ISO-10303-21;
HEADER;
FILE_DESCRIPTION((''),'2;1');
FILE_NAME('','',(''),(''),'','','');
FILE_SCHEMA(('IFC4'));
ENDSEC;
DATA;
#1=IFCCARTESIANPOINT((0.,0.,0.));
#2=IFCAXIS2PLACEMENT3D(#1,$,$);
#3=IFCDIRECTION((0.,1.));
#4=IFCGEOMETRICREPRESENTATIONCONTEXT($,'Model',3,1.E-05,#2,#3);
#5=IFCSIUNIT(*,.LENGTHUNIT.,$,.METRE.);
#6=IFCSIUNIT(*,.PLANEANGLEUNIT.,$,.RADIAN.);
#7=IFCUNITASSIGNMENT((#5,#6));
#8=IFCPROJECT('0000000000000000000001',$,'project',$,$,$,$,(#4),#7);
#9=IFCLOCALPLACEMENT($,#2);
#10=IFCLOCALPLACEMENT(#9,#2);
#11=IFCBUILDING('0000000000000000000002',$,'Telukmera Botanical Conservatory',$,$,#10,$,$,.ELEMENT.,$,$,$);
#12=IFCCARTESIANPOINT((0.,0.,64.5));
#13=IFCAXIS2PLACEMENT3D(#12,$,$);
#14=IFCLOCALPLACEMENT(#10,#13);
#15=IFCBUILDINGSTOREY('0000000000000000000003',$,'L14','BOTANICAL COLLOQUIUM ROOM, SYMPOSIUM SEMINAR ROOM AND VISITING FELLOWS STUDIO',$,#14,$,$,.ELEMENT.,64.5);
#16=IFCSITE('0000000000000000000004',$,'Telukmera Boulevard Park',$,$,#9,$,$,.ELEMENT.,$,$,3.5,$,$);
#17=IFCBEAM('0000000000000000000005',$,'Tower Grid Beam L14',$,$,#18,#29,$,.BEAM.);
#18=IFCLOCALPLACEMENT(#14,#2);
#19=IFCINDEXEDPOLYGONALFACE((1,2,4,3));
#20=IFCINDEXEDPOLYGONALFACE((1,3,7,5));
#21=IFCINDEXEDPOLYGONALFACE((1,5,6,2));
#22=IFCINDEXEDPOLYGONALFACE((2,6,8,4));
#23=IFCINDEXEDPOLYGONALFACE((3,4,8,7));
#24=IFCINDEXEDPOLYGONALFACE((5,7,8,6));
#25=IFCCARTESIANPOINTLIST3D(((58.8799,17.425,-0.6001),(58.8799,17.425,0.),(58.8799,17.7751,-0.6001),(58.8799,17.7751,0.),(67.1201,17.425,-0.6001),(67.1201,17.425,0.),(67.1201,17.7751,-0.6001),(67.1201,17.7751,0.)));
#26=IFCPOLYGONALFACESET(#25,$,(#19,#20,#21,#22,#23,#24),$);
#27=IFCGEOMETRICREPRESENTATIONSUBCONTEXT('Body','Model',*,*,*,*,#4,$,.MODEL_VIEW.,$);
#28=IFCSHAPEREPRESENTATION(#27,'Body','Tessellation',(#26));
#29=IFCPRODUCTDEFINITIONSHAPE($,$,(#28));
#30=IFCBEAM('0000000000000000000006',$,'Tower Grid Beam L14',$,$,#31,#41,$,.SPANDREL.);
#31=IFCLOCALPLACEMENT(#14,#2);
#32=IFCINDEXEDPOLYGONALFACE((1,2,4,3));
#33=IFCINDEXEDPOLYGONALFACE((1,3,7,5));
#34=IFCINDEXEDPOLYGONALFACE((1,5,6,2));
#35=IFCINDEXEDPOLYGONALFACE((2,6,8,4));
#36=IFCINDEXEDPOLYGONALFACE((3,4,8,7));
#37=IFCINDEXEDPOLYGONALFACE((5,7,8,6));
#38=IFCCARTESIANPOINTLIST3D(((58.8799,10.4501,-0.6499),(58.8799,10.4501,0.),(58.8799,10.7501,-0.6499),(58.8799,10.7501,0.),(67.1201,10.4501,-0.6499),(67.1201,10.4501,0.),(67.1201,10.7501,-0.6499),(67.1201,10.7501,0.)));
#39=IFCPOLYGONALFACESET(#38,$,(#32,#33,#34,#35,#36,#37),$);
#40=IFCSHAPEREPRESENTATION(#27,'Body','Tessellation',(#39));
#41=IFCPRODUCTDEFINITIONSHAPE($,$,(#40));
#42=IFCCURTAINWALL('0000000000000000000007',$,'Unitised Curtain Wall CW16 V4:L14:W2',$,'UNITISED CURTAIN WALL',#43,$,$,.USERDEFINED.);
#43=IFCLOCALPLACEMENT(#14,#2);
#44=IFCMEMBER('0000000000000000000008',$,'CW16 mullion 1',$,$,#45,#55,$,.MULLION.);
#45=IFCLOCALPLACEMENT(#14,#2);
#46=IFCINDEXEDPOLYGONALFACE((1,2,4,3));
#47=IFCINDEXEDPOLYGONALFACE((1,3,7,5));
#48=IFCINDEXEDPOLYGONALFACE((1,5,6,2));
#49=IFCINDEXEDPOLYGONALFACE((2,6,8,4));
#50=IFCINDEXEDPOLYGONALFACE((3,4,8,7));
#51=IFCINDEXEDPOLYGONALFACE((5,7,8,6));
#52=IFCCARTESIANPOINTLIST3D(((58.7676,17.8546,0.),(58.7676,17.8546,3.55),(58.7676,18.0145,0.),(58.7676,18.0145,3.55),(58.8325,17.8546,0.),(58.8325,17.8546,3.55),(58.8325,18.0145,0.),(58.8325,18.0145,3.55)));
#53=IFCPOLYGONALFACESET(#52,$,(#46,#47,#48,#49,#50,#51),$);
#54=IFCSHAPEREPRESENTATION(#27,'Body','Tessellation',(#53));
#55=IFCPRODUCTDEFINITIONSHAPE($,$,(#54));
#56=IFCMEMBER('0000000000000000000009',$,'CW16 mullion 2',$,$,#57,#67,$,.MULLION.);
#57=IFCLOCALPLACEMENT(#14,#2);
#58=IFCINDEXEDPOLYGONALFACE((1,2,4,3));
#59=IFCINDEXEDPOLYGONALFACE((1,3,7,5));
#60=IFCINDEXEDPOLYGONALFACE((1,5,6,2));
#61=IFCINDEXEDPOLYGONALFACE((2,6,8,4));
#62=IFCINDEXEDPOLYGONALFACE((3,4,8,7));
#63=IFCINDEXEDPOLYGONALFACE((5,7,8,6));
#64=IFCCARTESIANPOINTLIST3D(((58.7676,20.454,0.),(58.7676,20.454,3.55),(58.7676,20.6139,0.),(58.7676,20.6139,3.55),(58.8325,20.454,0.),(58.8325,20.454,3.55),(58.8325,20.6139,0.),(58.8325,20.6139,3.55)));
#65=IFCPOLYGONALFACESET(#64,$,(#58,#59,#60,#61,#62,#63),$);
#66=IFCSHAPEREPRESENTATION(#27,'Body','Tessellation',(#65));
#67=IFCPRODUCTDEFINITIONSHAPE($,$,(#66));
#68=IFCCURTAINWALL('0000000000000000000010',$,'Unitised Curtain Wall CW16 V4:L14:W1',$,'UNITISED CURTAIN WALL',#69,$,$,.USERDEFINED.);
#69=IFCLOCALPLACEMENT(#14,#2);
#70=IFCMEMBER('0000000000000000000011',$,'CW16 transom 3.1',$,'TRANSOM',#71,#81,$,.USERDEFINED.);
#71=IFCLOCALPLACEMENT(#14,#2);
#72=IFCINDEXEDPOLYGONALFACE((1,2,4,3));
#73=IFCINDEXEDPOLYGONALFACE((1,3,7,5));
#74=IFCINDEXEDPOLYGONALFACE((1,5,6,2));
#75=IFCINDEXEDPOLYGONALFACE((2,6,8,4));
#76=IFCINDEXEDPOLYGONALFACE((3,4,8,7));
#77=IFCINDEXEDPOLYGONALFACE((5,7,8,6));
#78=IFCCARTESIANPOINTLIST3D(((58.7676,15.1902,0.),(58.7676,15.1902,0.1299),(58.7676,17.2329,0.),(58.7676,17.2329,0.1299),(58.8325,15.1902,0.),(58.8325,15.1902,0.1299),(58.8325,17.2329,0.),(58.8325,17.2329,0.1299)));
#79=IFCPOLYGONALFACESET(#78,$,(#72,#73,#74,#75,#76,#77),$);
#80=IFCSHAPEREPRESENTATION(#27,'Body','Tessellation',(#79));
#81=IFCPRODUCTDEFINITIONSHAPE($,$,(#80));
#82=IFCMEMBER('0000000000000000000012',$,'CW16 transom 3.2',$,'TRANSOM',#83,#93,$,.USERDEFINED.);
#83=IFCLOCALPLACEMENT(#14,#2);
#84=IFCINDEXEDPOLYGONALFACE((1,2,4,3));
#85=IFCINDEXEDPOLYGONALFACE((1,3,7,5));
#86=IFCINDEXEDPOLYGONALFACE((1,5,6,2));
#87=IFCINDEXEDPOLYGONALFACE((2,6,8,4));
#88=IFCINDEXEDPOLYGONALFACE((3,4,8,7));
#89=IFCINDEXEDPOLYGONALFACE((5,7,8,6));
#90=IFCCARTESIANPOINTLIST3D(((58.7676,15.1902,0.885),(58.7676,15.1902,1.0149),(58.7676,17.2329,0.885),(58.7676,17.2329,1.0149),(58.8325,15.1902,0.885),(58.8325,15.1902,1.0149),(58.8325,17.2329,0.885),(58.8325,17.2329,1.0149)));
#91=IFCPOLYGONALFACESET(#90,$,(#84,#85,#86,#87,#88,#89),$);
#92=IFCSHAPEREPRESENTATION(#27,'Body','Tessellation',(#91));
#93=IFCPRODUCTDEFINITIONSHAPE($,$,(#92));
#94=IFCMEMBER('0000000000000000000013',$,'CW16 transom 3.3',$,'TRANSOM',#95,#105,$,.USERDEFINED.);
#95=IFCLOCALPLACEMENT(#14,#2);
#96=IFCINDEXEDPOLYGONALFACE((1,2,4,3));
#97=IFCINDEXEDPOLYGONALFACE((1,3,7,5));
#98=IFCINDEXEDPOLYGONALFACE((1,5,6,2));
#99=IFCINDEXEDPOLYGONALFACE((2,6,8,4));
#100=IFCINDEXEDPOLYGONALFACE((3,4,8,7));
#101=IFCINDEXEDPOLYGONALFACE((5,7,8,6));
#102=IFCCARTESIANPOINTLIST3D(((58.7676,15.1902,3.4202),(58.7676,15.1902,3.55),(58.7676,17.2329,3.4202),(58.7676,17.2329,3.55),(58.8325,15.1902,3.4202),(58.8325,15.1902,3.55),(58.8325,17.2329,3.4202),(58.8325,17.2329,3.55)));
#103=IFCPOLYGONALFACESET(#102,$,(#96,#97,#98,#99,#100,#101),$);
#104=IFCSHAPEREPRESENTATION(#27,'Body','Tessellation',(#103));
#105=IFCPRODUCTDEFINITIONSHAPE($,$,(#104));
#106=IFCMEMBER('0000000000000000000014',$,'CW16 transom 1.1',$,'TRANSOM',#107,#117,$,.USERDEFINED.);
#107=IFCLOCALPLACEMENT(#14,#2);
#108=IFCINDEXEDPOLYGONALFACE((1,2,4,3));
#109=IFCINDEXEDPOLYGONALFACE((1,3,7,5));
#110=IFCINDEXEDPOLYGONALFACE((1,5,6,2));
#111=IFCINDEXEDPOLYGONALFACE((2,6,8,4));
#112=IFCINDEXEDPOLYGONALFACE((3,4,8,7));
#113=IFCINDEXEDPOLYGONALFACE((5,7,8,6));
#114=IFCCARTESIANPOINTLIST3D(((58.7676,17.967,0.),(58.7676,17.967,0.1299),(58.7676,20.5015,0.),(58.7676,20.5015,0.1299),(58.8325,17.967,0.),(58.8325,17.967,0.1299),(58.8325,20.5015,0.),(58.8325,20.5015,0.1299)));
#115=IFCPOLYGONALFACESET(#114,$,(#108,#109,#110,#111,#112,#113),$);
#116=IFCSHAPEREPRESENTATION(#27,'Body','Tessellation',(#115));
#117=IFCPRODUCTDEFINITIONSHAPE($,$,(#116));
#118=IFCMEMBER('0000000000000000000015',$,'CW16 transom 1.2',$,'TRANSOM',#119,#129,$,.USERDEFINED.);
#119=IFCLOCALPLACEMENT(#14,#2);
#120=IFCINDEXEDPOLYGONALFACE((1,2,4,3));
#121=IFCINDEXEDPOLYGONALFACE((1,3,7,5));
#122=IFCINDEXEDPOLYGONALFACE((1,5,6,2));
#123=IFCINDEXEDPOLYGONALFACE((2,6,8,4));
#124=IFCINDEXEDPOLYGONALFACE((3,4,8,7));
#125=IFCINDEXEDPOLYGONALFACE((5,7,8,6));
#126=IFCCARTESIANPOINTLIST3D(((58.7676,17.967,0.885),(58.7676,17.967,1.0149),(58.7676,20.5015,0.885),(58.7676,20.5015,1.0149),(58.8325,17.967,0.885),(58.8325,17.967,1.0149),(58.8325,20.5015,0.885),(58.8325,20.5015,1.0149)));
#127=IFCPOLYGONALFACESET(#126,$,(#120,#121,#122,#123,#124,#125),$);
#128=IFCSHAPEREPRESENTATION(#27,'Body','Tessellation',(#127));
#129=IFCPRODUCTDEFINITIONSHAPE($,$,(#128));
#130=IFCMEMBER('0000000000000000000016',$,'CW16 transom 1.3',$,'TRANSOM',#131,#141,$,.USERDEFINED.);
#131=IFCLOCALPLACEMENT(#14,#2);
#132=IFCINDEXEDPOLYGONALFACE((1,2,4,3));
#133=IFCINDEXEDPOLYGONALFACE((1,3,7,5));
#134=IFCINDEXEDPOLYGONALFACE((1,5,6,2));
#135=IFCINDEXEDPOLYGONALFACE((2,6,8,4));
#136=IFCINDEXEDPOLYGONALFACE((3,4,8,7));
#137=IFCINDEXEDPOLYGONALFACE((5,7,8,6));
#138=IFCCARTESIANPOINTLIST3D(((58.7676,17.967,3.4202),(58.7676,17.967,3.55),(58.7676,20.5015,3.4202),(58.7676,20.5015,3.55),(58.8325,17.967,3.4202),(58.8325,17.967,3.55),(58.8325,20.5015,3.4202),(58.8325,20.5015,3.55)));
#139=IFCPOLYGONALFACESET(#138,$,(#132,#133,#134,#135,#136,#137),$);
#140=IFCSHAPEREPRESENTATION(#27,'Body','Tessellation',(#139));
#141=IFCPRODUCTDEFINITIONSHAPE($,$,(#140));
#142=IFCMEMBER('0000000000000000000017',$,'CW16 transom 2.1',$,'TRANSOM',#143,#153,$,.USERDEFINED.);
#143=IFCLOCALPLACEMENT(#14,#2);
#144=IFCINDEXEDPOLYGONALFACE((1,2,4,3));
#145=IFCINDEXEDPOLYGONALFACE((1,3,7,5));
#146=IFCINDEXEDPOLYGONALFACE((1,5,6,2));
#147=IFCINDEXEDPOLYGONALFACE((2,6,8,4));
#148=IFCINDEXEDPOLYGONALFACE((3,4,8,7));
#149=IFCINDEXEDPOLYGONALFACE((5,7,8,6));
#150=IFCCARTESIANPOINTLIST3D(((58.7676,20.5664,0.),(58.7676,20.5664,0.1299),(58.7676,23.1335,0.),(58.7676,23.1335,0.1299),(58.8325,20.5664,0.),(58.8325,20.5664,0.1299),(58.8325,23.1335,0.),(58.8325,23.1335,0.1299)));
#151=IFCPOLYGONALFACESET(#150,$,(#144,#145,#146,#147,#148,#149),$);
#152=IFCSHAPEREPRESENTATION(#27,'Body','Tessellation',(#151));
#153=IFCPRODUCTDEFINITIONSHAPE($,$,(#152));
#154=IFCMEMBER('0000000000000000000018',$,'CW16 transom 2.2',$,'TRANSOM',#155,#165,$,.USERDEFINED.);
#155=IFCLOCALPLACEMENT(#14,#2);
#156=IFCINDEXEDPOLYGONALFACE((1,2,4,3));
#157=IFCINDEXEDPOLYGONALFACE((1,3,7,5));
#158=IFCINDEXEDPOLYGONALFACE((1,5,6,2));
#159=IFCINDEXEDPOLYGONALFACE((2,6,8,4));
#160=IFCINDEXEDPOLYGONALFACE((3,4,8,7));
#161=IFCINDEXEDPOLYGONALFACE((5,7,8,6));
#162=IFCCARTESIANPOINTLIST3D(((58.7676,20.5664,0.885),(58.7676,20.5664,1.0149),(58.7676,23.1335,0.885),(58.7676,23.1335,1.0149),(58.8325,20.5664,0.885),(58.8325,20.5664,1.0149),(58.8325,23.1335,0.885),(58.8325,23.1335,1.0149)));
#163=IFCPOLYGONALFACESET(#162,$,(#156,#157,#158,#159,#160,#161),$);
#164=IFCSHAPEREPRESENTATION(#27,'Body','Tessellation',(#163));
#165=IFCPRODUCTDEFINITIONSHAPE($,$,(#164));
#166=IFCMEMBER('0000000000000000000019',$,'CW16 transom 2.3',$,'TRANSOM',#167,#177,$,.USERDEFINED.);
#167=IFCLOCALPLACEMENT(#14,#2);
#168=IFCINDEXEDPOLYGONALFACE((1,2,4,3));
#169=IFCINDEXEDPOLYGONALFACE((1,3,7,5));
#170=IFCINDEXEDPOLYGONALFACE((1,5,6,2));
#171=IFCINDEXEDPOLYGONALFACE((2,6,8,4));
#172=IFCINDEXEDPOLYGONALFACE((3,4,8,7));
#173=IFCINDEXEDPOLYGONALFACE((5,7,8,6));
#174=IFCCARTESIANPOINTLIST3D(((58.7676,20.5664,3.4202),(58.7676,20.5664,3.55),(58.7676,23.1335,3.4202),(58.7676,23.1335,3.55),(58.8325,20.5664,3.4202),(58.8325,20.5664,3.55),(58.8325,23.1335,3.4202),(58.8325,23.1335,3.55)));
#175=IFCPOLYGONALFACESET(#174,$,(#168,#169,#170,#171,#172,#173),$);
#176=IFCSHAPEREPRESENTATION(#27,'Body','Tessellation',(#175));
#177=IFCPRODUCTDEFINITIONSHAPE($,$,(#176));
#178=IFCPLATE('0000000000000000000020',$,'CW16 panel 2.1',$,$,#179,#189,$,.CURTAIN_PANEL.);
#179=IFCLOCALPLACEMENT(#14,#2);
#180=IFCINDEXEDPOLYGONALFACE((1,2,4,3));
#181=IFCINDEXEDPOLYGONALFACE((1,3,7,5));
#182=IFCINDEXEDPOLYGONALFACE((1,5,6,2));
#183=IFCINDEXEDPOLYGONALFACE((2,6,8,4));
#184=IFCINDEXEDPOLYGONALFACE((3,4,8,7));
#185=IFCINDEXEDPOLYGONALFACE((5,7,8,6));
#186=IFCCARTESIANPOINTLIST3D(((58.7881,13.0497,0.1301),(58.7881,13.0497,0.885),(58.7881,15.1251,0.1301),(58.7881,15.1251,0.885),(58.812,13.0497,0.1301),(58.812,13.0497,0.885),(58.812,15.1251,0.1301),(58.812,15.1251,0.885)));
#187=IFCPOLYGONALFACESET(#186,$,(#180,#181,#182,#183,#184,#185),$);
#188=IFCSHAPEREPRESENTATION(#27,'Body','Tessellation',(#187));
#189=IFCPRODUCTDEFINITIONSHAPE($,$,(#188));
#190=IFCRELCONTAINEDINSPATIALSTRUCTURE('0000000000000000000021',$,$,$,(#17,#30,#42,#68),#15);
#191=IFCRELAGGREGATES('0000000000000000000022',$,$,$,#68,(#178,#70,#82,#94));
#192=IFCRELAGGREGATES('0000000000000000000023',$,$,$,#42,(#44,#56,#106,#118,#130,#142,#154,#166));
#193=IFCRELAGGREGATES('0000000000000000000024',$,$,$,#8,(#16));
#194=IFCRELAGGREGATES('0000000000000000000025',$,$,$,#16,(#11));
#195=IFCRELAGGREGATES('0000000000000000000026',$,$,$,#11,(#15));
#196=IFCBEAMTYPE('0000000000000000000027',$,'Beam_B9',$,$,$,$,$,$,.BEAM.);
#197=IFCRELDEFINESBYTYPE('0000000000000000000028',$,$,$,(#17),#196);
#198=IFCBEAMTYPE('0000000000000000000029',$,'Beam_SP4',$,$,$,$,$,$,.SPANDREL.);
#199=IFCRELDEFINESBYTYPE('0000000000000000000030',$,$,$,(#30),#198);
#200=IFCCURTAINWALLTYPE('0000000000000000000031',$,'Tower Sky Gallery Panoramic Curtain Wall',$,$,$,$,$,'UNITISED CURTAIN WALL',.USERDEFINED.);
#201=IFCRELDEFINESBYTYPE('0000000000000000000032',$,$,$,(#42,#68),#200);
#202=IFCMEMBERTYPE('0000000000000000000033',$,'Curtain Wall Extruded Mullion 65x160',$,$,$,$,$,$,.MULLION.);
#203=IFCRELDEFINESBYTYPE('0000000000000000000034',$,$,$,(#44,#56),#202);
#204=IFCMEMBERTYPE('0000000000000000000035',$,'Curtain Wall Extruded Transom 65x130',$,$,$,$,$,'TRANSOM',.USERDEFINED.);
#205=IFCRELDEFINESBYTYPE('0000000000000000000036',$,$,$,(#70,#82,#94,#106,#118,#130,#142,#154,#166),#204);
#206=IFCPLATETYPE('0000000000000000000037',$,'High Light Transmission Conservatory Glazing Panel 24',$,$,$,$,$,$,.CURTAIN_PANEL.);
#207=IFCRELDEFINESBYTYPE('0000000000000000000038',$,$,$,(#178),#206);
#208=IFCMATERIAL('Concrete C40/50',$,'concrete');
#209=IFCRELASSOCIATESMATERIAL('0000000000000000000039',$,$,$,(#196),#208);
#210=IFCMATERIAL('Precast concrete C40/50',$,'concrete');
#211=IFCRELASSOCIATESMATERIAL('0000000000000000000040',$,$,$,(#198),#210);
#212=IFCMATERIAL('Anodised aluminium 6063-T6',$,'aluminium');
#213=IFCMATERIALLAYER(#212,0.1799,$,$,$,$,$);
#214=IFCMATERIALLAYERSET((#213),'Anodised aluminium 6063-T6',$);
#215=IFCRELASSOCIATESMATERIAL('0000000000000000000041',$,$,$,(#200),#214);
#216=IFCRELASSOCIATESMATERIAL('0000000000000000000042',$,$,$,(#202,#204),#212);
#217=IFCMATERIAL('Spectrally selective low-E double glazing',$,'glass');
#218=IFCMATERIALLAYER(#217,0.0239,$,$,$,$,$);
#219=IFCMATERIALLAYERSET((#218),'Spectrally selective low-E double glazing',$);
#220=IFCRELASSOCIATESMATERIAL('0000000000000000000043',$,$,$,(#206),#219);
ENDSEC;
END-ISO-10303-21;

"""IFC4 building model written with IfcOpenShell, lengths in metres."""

from ifc_helpers import new_model, si_unit, direction, frame, origin, origin_2d, place, context, subcontext, project, spatial, rectangle, extrude, material, layer, layer_set, material_profile, profile_set, type_object, element, aggregate, save


model = new_model("IFC4")

# Units and contexts
model_context = context("Model", 3, precision=1e-05, world=origin(), true_north=direction((0.0, 1.0)))
body_context = subcontext(model_context, "Body", "Model", "MODEL_VIEW")
ifc_project = project(units=[si_unit("LENGTHUNIT", "METRE"), si_unit("PLANEANGLEUNIT", "RADIAN")], contexts=[model_context])

# Site, building, storey
site_placement = place(None, origin())
site = spatial("IfcSite", under=ifc_project, at=site_placement, Name="Telukmera Boulevard Park", CompositionType="ELEMENT", RefElevation=3.5)
building_placement = place(site_placement, origin())
building = spatial("IfcBuilding", under=site, at=building_placement, Name="Telukmera Botanical Conservatory", CompositionType="ELEMENT")
storey_placement = place(building_placement, frame((0.0, 0.0, 64.5)))
storey = spatial("IfcBuildingStorey", under=building, at=storey_placement, Name="L14", Description="BOTANICAL COLLOQUIUM ROOM, SYMPOSIUM SEMINAR ROOM AND VISITING FELLOWS STUDIO", CompositionType="ELEMENT", Elevation=64.5)

# Beams
ifc_material_1 = material(Name="Concrete C40/50", Category="concrete")
ifc_material_profile_1 = material_profile(ifc_material_1, rectangle(XDim=0.3501, YDim=0.6001, at=origin_2d()), Name="RC 350x600")
ifc_profile_set_1 = profile_set([ifc_material_profile_1], Name="Concrete C40/50")
beam_type_1 = type_object("IfcBeamType", Name="Beam_B9", PredefinedType="BEAM", material=ifc_profile_set_1)
beam_1_placement = place(storey_placement, frame((58.8799, 17.6001, -0.3), z_axis=(1.0, 0.0, 0.0), x_axis=(0.0, 1.0, 0.0)))
element("IfcBeam", 1, at=beam_1_placement, inside=storey, type_object=beam_type_1, Name="Tower Grid Beam L14", PredefinedType="BEAM", context=body_context, shape_type="SweptSolid", body=[
    extrude(rectangle(XDim=0.3501, YDim=0.6001, at=origin_2d()), origin(), (0.0, 0.0, 1.0), 8.2402),
])
ifc_material_2 = material(Name="Precast concrete C40/50", Category="concrete")
ifc_material_profile_2 = material_profile(ifc_material_2, rectangle(XDim=0.3, YDim=0.6499, at=origin_2d()), Name="PC 300x650")
ifc_profile_set_2 = profile_set([ifc_material_profile_2], Name="Precast concrete C40/50")
beam_type_2 = type_object("IfcBeamType", Name="Beam_SP4", PredefinedType="SPANDREL", material=ifc_profile_set_2)
beam_2_placement = place(storey_placement, frame((58.8799, 10.6001, -0.325), z_axis=(1.0, 0.0, 0.0), x_axis=(0.0, 1.0, 0.0)))
element("IfcBeam", 2, at=beam_2_placement, inside=storey, type_object=beam_type_2, Name="Tower Grid Beam L14", PredefinedType="SPANDREL", context=body_context, shape_type="SweptSolid", body=[
    extrude(rectangle(XDim=0.3, YDim=0.6499, at=origin_2d()), origin(), (0.0, 0.0, 1.0), 8.2402),
])

# Curtain walls, members
ifc_material_3 = material(Name="Anodised aluminium 6063-T6", Category="aluminium")
ifc_layer_1 = layer(ifc_material_3, 0.1799)
ifc_layer_set_1 = layer_set([ifc_layer_1], Name="Anodised aluminium 6063-T6")
curtain_wall_type = type_object("IfcCurtainWallType", Name="Tower Sky Gallery Panoramic Curtain Wall", ElementType="UNITISED CURTAIN WALL", PredefinedType="USERDEFINED", material=ifc_layer_set_1)
curtain_wall_1_placement = place(storey_placement, origin())
curtain_wall_1 = element("IfcCurtainWall", 3, at=curtain_wall_1_placement, inside=storey, type_object=curtain_wall_type, Name="Unitised Curtain Wall CW16 V4:L14:W2", ObjectType="UNITISED CURTAIN WALL", PredefinedType="USERDEFINED")
ifc_material_profile_3 = material_profile(ifc_material_3, rectangle(XDim=0.0649, YDim=0.1599, at=origin_2d()), Name="ALU MULL 65x160")
ifc_profile_set_3 = profile_set([ifc_material_profile_3], Name="Anodised aluminium 6063-T6")
member_type_1 = type_object("IfcMemberType", Name="Curtain Wall Extruded Mullion 65x160", PredefinedType="MULLION", material=ifc_profile_set_3)
member_1_placement = place(storey_placement, frame((58.8, 17.9346, 0.0), z_axis=(0.0, 0.0, 1.0), x_axis=(-1.0, 0.0, 0.0)))
member_1 = element("IfcMember", 4, at=member_1_placement, type_object=member_type_1, Name="CW16 mullion 1", PredefinedType="MULLION", context=body_context, shape_type="SweptSolid", body=[
    extrude(rectangle(XDim=0.0649, YDim=0.1599, at=origin_2d()), origin(), (0.0, 0.0, 1.0), 3.55),
])
member_2_placement = place(storey_placement, frame((58.8, 20.5339, 0.0), z_axis=(0.0, 0.0, 1.0), x_axis=(-1.0, 0.0, 0.0)))
member_2 = element("IfcMember", 5, at=member_2_placement, type_object=member_type_1, Name="CW16 mullion 2", PredefinedType="MULLION", context=body_context, shape_type="SweptSolid", body=[
    extrude(rectangle(XDim=0.0649, YDim=0.1599, at=origin_2d()), origin(), (0.0, 0.0, 1.0), 3.55),
])
curtain_wall_2_placement = place(storey_placement, origin())
curtain_wall_2 = element("IfcCurtainWall", 6, at=curtain_wall_2_placement, inside=storey, type_object=curtain_wall_type, Name="Unitised Curtain Wall CW16 V4:L14:W1", ObjectType="UNITISED CURTAIN WALL", PredefinedType="USERDEFINED")
ifc_material_profile_4 = material_profile(ifc_material_3, rectangle(XDim=0.0649, YDim=0.1299, at=origin_2d()), Name="ALU TRAN 65x130")
ifc_profile_set_4 = profile_set([ifc_material_profile_4], Name="Anodised aluminium 6063-T6")
member_type_2 = type_object("IfcMemberType", Name="Curtain Wall Extruded Transom 65x130", ElementType="TRANSOM", PredefinedType="USERDEFINED", material=ifc_profile_set_4)
member_3_placement = place(storey_placement, frame((58.8, 15.1902, 0.0649), z_axis=(0.0, 1.0, 0.0), x_axis=(-1.0, 0.0, 0.0)))
member_3 = element("IfcMember", 7, at=member_3_placement, type_object=member_type_2, Name="CW16 transom 3.1", ObjectType="TRANSOM", PredefinedType="USERDEFINED", context=body_context, shape_type="SweptSolid", body=[
    extrude(rectangle(XDim=0.0649, YDim=0.1299, at=origin_2d()), origin(), (0.0, 0.0, 1.0), 2.0427),
])
member_4_placement = place(storey_placement, frame((58.8, 15.1902, 0.95), z_axis=(0.0, 1.0, 0.0), x_axis=(-1.0, 0.0, 0.0)))
member_4 = element("IfcMember", 8, at=member_4_placement, type_object=member_type_2, Name="CW16 transom 3.2", ObjectType="TRANSOM", PredefinedType="USERDEFINED", context=body_context, shape_type="SweptSolid", body=[
    extrude(rectangle(XDim=0.0649, YDim=0.1299, at=origin_2d()), origin(), (0.0, 0.0, 1.0), 2.0427),
])
member_5_placement = place(storey_placement, frame((58.8, 15.1902, 3.4851), z_axis=(0.0, 1.0, 0.0), x_axis=(-1.0, 0.0, 0.0)))
member_5 = element("IfcMember", 9, at=member_5_placement, type_object=member_type_2, Name="CW16 transom 3.3", ObjectType="TRANSOM", PredefinedType="USERDEFINED", context=body_context, shape_type="SweptSolid", body=[
    extrude(rectangle(XDim=0.0649, YDim=0.1299, at=origin_2d()), origin(), (0.0, 0.0, 1.0), 2.0427),
])

# Members
member_6_placement = place(storey_placement, frame((58.8, 17.967, 0.0649), z_axis=(0.0, 1.0, 0.0), x_axis=(-1.0, 0.0, 0.0)))
member_6 = element("IfcMember", 10, at=member_6_placement, type_object=member_type_2, Name="CW16 transom 1.1", ObjectType="TRANSOM", PredefinedType="USERDEFINED", context=body_context, shape_type="SweptSolid", body=[
    extrude(rectangle(XDim=0.0649, YDim=0.1299, at=origin_2d()), origin(), (0.0, 0.0, 1.0), 2.5344),
])
member_7_placement = place(storey_placement, frame((58.8, 17.967, 0.95), z_axis=(0.0, 1.0, 0.0), x_axis=(-1.0, 0.0, 0.0)))
member_7 = element("IfcMember", 11, at=member_7_placement, type_object=member_type_2, Name="CW16 transom 1.2", ObjectType="TRANSOM", PredefinedType="USERDEFINED", context=body_context, shape_type="SweptSolid", body=[
    extrude(rectangle(XDim=0.0649, YDim=0.1299, at=origin_2d()), origin(), (0.0, 0.0, 1.0), 2.5344),
])
member_8_placement = place(storey_placement, frame((58.8, 17.967, 3.4851), z_axis=(0.0, 1.0, 0.0), x_axis=(-1.0, 0.0, 0.0)))
member_8 = element("IfcMember", 12, at=member_8_placement, type_object=member_type_2, Name="CW16 transom 1.3", ObjectType="TRANSOM", PredefinedType="USERDEFINED", context=body_context, shape_type="SweptSolid", body=[
    extrude(rectangle(XDim=0.0649, YDim=0.1299, at=origin_2d()), origin(), (0.0, 0.0, 1.0), 2.5344),
])
member_9_placement = place(storey_placement, frame((58.8, 20.5664, 0.0649), z_axis=(0.0, 1.0, 0.0), x_axis=(-1.0, 0.0, 0.0)))
member_9 = element("IfcMember", 13, at=member_9_placement, type_object=member_type_2, Name="CW16 transom 2.1", ObjectType="TRANSOM", PredefinedType="USERDEFINED", context=body_context, shape_type="SweptSolid", body=[
    extrude(rectangle(XDim=0.0649, YDim=0.1299, at=origin_2d()), origin(), (0.0, 0.0, 1.0), 2.5671),
])
member_10_placement = place(storey_placement, frame((58.8, 20.5664, 0.95), z_axis=(0.0, 1.0, 0.0), x_axis=(-1.0, 0.0, 0.0)))
member_10 = element("IfcMember", 14, at=member_10_placement, type_object=member_type_2, Name="CW16 transom 2.2", ObjectType="TRANSOM", PredefinedType="USERDEFINED", context=body_context, shape_type="SweptSolid", body=[
    extrude(rectangle(XDim=0.0649, YDim=0.1299, at=origin_2d()), origin(), (0.0, 0.0, 1.0), 2.5671),
])
member_11_placement = place(storey_placement, frame((58.8, 20.5664, 3.4851), z_axis=(0.0, 1.0, 0.0), x_axis=(-1.0, 0.0, 0.0)))
member_11 = element("IfcMember", 15, at=member_11_placement, type_object=member_type_2, Name="CW16 transom 2.3", ObjectType="TRANSOM", PredefinedType="USERDEFINED", context=body_context, shape_type="SweptSolid", body=[
    extrude(rectangle(XDim=0.0649, YDim=0.1299, at=origin_2d()), origin(), (0.0, 0.0, 1.0), 2.5671),
])

# Plate
ifc_material_4 = material(Name="Spectrally selective low-E double glazing", Category="glass")
ifc_layer_2 = layer(ifc_material_4, 0.0239)
ifc_layer_set_2 = layer_set([ifc_layer_2], Name="Spectrally selective low-E double glazing")
plate_type = type_object("IfcPlateType", Name="High Light Transmission Conservatory Glazing Panel 24", PredefinedType="CURTAIN_PANEL", material=ifc_layer_set_2)
plate_1_placement = place(storey_placement, frame((58.8, 14.0874, 0.1301), z_axis=(0.0, 0.0, 1.0), x_axis=(0.0, 1.0, 0.0)))
plate_1 = element("IfcPlate", 16, at=plate_1_placement, type_object=plate_type, Name="CW16 panel 2.1", PredefinedType="CURTAIN_PANEL", context=body_context, shape_type="SweptSolid", body=[
    extrude(rectangle(XDim=2.0754, YDim=0.0239, at=origin_2d()), origin(), (0.0, 0.0, 1.0), 0.7549),
])
aggregate(curtain_wall_2, [plate_1, member_3, member_4, member_5])
aggregate(curtain_wall_1, [member_1, member_2, member_6, member_7, member_8, member_9, member_10, member_11])

save(model, "model.ifc")
